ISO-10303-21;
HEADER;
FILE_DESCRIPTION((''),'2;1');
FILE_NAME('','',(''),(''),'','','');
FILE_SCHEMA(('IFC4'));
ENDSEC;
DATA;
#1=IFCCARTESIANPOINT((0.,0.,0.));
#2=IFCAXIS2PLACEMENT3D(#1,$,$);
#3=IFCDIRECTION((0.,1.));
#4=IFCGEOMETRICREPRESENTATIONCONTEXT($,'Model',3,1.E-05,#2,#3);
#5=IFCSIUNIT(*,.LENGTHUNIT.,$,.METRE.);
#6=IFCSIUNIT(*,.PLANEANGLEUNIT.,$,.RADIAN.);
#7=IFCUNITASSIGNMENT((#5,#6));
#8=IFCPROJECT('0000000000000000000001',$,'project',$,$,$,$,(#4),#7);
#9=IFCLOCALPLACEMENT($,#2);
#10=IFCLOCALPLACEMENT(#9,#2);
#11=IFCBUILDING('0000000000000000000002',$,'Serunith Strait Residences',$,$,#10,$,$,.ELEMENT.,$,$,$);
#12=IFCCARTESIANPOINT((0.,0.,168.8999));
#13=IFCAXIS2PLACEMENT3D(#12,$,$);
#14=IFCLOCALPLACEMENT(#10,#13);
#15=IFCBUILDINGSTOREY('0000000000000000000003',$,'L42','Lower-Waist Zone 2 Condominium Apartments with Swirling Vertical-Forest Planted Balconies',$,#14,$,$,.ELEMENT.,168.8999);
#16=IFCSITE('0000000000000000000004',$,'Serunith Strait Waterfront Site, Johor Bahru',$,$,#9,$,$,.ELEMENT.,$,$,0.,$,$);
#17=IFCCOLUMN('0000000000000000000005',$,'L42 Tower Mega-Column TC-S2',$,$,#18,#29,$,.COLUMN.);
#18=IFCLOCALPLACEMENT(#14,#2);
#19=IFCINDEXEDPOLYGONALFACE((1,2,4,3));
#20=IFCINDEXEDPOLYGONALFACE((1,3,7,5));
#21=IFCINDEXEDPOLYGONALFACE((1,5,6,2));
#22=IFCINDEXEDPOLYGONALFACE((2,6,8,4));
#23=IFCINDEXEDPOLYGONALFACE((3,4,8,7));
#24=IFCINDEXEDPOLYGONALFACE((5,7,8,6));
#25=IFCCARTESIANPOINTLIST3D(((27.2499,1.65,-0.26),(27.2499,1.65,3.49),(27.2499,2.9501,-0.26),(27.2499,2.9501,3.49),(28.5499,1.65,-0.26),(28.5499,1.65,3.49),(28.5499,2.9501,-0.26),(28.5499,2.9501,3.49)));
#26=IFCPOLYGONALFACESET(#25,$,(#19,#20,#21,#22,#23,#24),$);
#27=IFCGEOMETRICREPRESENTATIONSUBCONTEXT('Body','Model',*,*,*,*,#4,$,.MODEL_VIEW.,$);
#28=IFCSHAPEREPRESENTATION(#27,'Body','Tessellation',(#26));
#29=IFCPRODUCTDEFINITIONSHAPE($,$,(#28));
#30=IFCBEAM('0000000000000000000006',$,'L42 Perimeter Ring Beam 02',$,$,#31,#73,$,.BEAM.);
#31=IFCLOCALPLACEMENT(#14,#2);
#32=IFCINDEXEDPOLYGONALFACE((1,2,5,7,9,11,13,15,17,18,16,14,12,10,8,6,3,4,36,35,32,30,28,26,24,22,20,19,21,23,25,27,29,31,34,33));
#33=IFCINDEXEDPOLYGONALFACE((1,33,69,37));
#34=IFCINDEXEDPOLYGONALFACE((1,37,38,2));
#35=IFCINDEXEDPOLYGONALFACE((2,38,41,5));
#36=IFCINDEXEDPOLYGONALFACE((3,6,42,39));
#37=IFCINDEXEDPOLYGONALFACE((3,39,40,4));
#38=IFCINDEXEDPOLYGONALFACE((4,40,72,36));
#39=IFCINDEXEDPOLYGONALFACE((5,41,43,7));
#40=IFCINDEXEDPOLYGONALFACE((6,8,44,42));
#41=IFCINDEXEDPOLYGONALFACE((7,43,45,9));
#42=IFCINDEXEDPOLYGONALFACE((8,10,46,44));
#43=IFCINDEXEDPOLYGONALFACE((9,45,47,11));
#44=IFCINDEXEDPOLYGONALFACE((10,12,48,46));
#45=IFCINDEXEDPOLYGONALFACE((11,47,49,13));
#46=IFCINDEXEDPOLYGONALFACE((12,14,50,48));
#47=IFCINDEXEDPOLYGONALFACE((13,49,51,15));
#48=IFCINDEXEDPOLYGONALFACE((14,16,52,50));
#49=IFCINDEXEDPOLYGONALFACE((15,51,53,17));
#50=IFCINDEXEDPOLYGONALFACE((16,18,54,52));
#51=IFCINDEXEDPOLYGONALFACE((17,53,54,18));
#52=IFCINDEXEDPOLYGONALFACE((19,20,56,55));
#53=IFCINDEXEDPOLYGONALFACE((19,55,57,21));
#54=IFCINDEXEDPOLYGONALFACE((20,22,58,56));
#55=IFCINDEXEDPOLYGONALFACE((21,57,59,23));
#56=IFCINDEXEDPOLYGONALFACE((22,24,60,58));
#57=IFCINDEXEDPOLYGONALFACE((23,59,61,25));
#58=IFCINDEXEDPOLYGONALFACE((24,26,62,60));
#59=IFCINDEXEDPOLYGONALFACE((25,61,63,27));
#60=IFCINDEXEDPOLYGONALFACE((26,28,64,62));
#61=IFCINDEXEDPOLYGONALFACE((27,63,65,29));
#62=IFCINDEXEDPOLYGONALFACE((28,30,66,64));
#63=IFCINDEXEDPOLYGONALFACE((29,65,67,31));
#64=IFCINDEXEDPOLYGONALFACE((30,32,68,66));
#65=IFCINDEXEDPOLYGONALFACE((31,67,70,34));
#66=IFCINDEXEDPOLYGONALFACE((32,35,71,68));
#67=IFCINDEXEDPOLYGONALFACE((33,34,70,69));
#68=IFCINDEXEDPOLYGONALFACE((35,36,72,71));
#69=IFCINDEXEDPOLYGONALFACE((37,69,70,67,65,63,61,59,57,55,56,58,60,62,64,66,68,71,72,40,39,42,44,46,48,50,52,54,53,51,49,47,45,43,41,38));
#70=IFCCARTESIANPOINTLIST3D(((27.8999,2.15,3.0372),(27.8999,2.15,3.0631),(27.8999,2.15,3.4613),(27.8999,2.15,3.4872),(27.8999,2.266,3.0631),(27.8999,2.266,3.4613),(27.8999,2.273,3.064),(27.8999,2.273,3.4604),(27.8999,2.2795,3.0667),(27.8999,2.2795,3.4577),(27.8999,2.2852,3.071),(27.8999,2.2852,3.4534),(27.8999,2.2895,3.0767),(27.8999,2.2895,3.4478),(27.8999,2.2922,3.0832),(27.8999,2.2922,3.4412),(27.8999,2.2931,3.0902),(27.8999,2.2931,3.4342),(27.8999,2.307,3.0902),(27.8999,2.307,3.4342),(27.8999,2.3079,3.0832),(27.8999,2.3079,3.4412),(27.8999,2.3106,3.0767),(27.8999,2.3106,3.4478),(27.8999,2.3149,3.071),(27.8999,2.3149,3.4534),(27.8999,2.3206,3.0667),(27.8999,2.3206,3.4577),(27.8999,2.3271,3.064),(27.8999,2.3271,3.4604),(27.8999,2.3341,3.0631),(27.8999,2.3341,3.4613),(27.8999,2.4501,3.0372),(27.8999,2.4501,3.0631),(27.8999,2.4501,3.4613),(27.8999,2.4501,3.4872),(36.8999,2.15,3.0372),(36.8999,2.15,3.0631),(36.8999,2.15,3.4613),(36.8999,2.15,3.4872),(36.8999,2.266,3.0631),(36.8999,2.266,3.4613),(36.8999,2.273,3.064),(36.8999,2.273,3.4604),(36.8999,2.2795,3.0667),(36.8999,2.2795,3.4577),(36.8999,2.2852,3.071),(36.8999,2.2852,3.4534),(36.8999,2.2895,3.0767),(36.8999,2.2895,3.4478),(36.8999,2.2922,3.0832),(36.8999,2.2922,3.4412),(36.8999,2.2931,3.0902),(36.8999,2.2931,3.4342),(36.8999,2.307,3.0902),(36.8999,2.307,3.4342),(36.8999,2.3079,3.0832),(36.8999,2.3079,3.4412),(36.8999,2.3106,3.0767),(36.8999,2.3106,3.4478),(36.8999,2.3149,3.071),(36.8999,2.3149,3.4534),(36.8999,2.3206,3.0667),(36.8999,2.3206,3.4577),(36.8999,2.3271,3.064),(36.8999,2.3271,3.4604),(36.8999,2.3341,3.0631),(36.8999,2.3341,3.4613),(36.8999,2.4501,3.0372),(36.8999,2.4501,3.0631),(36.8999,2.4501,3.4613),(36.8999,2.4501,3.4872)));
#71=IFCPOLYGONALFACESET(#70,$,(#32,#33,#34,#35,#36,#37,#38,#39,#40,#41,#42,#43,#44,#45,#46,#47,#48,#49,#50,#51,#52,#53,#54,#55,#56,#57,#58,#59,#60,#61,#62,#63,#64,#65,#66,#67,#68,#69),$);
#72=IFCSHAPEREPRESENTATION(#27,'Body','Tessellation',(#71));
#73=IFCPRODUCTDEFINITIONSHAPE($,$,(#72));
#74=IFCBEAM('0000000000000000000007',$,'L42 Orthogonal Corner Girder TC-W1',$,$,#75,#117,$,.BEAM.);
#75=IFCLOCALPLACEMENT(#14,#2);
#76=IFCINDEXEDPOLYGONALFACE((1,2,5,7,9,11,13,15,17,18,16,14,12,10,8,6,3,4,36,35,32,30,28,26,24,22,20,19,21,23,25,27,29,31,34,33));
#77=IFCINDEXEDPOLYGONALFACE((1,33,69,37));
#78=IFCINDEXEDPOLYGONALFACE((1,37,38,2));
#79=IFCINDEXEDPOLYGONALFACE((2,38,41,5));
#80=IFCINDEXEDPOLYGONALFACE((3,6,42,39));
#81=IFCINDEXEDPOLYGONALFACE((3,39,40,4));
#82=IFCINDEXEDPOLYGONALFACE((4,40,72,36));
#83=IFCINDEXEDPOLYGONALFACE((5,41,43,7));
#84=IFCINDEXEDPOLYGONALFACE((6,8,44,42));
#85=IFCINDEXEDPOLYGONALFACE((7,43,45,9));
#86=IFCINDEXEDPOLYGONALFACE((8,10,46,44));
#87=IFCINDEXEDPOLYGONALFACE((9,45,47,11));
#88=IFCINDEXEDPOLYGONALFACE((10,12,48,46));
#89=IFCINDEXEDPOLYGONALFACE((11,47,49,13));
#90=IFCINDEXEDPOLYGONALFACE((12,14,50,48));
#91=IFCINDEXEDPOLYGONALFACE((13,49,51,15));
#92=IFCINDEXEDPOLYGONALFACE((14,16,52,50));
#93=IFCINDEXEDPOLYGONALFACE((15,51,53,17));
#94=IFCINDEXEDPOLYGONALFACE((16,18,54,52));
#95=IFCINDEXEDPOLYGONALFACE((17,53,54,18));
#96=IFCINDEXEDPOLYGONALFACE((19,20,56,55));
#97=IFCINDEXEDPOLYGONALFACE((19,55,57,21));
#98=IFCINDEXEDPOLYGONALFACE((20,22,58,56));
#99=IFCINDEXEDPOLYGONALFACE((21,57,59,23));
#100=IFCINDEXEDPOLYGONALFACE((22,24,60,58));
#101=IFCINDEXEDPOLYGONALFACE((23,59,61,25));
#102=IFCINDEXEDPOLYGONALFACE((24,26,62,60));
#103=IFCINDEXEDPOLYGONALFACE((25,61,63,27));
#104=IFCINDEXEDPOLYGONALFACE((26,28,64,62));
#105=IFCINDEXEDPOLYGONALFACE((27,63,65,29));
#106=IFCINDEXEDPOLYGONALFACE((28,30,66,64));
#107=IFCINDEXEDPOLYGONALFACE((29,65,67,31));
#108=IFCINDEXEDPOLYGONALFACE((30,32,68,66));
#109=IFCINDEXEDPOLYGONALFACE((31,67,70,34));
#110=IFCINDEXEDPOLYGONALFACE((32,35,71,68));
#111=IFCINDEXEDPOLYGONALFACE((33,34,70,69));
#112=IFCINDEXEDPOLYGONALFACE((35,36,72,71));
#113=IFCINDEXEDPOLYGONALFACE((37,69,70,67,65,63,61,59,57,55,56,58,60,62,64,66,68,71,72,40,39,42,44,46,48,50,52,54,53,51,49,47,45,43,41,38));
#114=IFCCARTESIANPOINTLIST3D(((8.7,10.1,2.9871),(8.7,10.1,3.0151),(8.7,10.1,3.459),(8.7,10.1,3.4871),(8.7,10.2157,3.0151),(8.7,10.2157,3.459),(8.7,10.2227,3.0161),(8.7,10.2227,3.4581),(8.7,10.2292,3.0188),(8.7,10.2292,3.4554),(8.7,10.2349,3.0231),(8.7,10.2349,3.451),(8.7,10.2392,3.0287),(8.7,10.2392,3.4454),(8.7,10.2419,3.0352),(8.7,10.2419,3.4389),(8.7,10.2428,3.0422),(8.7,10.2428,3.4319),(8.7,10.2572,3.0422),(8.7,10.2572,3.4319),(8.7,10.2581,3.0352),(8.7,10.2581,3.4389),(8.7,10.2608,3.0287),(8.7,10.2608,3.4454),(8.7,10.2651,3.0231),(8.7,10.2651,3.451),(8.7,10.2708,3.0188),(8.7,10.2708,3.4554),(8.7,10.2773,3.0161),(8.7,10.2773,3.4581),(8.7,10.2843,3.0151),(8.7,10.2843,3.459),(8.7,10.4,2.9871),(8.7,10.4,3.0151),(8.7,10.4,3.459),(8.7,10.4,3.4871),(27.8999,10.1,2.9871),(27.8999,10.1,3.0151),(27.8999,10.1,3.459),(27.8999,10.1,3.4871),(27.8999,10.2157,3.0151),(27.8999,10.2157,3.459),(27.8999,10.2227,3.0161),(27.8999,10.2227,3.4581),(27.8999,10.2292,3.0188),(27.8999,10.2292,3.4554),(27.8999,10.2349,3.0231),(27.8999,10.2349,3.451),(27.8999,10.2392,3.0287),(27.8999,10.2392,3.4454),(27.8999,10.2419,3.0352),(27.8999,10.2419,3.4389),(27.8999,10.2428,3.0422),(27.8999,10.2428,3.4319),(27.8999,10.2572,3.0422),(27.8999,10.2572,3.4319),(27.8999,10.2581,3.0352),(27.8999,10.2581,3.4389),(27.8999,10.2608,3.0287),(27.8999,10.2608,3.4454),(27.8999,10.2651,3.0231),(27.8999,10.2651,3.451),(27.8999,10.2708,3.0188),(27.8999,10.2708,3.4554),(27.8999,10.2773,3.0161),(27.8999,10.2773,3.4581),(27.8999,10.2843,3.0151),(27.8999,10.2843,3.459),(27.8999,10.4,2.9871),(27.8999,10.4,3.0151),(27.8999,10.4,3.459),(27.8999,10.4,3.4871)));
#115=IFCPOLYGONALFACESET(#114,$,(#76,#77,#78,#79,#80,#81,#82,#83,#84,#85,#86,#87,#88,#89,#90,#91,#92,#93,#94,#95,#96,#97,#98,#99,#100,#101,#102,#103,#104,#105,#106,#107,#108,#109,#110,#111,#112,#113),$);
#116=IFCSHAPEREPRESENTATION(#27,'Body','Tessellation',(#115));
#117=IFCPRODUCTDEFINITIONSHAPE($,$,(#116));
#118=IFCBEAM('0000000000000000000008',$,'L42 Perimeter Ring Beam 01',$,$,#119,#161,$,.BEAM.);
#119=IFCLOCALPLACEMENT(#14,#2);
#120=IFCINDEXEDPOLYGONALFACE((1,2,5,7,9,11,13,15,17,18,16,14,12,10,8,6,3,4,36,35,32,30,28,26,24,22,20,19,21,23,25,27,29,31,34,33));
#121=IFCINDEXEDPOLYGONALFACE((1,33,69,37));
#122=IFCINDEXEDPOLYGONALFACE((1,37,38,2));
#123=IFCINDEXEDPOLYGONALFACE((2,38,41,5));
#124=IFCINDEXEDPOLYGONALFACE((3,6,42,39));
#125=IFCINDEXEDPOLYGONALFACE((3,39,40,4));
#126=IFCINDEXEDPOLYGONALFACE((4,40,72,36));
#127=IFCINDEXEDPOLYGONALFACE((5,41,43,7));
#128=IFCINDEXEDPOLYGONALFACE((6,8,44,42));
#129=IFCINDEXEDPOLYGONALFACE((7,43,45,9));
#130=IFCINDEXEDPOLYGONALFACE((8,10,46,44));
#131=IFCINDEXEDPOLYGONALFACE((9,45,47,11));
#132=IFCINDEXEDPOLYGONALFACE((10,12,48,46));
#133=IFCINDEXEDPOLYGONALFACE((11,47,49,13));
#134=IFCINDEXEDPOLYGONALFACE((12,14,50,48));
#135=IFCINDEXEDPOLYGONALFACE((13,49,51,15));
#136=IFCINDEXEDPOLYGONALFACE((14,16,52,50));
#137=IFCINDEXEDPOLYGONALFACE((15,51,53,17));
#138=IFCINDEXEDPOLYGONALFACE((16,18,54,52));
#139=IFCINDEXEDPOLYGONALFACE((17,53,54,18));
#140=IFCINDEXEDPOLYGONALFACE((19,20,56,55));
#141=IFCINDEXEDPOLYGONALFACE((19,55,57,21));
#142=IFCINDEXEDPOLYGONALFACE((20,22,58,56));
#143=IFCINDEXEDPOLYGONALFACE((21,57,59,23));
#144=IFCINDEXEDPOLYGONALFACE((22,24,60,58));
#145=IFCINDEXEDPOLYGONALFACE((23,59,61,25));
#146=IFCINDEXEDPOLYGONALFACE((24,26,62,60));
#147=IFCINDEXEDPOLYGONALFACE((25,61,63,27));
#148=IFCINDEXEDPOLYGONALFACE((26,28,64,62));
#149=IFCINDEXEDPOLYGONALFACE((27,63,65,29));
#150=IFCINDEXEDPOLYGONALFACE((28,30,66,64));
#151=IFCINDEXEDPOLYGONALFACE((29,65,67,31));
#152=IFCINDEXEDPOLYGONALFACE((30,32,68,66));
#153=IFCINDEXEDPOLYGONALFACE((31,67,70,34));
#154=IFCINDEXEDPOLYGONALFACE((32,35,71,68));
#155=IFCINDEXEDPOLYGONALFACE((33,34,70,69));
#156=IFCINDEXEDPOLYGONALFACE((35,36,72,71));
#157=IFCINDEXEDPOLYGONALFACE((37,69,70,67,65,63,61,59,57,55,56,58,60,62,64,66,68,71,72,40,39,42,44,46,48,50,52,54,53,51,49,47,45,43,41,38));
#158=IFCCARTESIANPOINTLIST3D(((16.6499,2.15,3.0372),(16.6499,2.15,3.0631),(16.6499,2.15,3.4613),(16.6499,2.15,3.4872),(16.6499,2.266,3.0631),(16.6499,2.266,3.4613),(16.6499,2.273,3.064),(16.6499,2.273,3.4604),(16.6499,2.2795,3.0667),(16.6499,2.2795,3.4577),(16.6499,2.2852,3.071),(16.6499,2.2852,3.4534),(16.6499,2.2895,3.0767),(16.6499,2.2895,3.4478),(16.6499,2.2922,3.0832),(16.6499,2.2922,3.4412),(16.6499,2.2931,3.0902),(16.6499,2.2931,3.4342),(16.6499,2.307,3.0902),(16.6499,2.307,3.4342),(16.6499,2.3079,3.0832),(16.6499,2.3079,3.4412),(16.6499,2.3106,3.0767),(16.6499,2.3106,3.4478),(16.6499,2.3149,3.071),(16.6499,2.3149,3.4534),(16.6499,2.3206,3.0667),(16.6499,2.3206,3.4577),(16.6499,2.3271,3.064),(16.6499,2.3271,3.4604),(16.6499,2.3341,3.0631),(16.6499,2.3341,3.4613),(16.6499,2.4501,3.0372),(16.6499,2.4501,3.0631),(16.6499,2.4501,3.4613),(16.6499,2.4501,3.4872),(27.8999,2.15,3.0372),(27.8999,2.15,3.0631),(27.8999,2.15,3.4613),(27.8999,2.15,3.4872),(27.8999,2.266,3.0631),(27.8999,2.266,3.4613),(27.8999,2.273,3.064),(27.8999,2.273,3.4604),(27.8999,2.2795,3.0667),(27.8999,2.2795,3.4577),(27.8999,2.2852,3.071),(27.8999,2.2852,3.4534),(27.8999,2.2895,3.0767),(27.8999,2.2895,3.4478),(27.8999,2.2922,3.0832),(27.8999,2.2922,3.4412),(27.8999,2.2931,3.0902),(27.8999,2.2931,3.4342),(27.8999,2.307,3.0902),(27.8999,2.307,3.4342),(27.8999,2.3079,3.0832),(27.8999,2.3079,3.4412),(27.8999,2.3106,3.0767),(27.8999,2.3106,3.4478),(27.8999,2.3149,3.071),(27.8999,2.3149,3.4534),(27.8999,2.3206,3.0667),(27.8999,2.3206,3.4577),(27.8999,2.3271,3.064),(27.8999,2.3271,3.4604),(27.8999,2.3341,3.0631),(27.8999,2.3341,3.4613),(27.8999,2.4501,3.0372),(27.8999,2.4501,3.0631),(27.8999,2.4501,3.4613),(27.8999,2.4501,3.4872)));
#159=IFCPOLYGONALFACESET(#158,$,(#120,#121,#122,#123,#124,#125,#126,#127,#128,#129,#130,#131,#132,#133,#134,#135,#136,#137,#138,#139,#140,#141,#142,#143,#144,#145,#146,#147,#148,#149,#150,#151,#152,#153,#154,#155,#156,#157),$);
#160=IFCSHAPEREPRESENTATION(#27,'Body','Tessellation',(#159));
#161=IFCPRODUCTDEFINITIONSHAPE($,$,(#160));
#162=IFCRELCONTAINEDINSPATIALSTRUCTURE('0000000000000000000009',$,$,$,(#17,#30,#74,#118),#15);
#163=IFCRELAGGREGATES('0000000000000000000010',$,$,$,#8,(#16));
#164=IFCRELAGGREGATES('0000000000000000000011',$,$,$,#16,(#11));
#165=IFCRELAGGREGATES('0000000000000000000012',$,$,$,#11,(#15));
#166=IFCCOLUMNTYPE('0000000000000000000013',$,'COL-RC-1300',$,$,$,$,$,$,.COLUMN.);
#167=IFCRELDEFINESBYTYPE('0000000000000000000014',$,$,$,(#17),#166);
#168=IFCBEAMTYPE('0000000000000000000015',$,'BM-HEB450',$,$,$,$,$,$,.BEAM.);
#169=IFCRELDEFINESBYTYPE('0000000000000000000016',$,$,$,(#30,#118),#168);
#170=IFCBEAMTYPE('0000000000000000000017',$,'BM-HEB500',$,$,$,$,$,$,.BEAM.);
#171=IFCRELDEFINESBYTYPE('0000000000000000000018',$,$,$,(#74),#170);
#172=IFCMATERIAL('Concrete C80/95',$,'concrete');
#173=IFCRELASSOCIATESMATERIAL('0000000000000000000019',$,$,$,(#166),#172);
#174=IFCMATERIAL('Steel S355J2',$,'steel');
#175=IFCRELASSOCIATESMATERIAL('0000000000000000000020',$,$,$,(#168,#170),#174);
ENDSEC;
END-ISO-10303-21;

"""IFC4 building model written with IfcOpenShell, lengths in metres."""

from ifc_helpers import new_model, si_unit, direction, frame, origin, origin_2d, place, context, subcontext, project, spatial, rectangle, i_section, extrude, source, transform, mapped, material, material_profile, profile_set, type_object, element, save


model = new_model("IFC4")

# Units and contexts
model_context = context("Model", 3, precision=1e-05, world=origin(), true_north=direction((0.0, 1.0)))
body_context = subcontext(model_context, "Body", "Model", "MODEL_VIEW")
ifc_project = project(units=[si_unit("LENGTHUNIT", "METRE"), si_unit("PLANEANGLEUNIT", "RADIAN")], contexts=[model_context])

# Site, building, storey
site_placement = place(None, origin())
site = spatial("IfcSite", under=ifc_project, at=site_placement, Name="Serunith Strait Waterfront Site, Johor Bahru", CompositionType="ELEMENT", RefElevation=0.0)
building_placement = place(site_placement, origin())
building = spatial("IfcBuilding", under=site, at=building_placement, Name="Serunith Strait Residences", CompositionType="ELEMENT")
storey_placement = place(building_placement, frame((0.0, 0.0, 168.8999)))
storey = spatial("IfcBuildingStorey", under=building, at=storey_placement, Name="L42", Description="Lower-Waist Zone 2 Condominium Apartments with Swirling Vertical-Forest Planted Balconies", CompositionType="ELEMENT", Elevation=168.8999)

# Column
ifc_material_1 = material(Name="Concrete C80/95", Category="concrete")
ifc_material_profile_1 = material_profile(ifc_material_1, rectangle(XDim=1.3, YDim=1.3, at=origin_2d()), Name="RC 1300x1300")
ifc_profile_set_1 = profile_set([ifc_material_profile_1], Name="Concrete C80/95")
column_type = type_object("IfcColumnType", Name="COL-RC-1300", PredefinedType="COLUMN", material=ifc_profile_set_1)
shared_shape_1 = source(origin(), body_context, "Body", "SweptSolid", [
    extrude(rectangle(XDim=1.3, YDim=1.3, at=origin_2d()), origin(), (0.0, 0.0, 1.0), 3.75),
])
column_placement = place(storey_placement, frame((27.8999, 2.3, -0.26), z_axis=(0.0, 0.0, 1.0), x_axis=(1.0, 0.0, 0.0)))
element("IfcColumn", 1, at=column_placement, inside=storey, type_object=column_type, Name="L42 Tower Mega-Column TC-S2", PredefinedType="COLUMN", context=body_context, shape_type="MappedRepresentation", body=[
    mapped(shared_shape_1, transform((0.0, 0.0, 0.0), scale=1.0)),
])

# Beams
ifc_material_2 = material(Name="Steel S355J2", Category="steel")
ifc_material_profile_2 = material_profile(ifc_material_2, i_section(OverallWidth=0.3, OverallDepth=0.45, WebThickness=0.0139, FlangeThickness=0.0259, FilletRadius=0.0271, at=origin_2d()), Name="HEB 450")
ifc_profile_set_2 = profile_set([ifc_material_profile_2], Name="Steel S355J2")
beam_type_1 = type_object("IfcBeamType", Name="BM-HEB450", PredefinedType="BEAM", material=ifc_profile_set_2)
shared_shape_2 = source(origin(), body_context, "Body", "SweptSolid", [
    extrude(i_section(OverallWidth=0.3, OverallDepth=0.45, WebThickness=0.0139, FlangeThickness=0.0259, FilletRadius=0.0271, at=origin_2d()), origin(), (0.0, 0.0, 1.0), 9.0),
])
beam_1_placement = place(storey_placement, frame((27.8999, 2.3, 3.2622), z_axis=(1.0, 0.0, 0.0), x_axis=(0.0, 1.0, 0.0)))
element("IfcBeam", 2, at=beam_1_placement, inside=storey, type_object=beam_type_1, Name="L42 Perimeter Ring Beam 02", PredefinedType="BEAM", context=body_context, shape_type="MappedRepresentation", body=[
    mapped(shared_shape_2, transform((0.0, 0.0, 0.0), scale=1.0)),
])
ifc_material_profile_3 = material_profile(ifc_material_2, i_section(OverallWidth=0.3, OverallDepth=0.5, WebThickness=0.0144, FlangeThickness=0.0281, FilletRadius=0.0271, at=origin_2d()), Name="HEB 500")
ifc_profile_set_3 = profile_set([ifc_material_profile_3], Name="Steel S355J2")
beam_type_2 = type_object("IfcBeamType", Name="BM-HEB500", PredefinedType="BEAM", material=ifc_profile_set_3)
shared_shape_3 = source(origin(), body_context, "Body", "SweptSolid", [
    extrude(i_section(OverallWidth=0.3, OverallDepth=0.5, WebThickness=0.0144, FlangeThickness=0.0281, FilletRadius=0.0271, at=origin_2d()), origin(), (0.0, 0.0, 1.0), 19.2),
])
beam_2_placement = place(storey_placement, frame((27.8999, 10.25, 3.2371), z_axis=(-1.0, 0.0, 0.0), x_axis=(0.0, -1.0, 0.0)))
element("IfcBeam", 3, at=beam_2_placement, inside=storey, type_object=beam_type_2, Name="L42 Orthogonal Corner Girder TC-W1", PredefinedType="BEAM", context=body_context, shape_type="MappedRepresentation", body=[
    mapped(shared_shape_3, transform((0.0, 0.0, 0.0), scale=1.0)),
])
shared_shape_4 = source(origin(), body_context, "Body", "SweptSolid", [
    extrude(i_section(OverallWidth=0.3, OverallDepth=0.45, WebThickness=0.0139, FlangeThickness=0.0259, FilletRadius=0.0271, at=origin_2d()), origin(), (0.0, 0.0, 1.0), 11.25),
])
beam_3_placement = place(storey_placement, frame((16.6499, 2.3, 3.2622), z_axis=(1.0, 0.0, 0.0), x_axis=(0.0, 1.0, 0.0)))
element("IfcBeam", 4, at=beam_3_placement, inside=storey, type_object=beam_type_1, Name="L42 Perimeter Ring Beam 01", PredefinedType="BEAM", context=body_context, shape_type="MappedRepresentation", body=[
    mapped(shared_shape_4, transform((0.0, 0.0, 0.0), scale=1.0)),
])

save(model, "model.ifc")
